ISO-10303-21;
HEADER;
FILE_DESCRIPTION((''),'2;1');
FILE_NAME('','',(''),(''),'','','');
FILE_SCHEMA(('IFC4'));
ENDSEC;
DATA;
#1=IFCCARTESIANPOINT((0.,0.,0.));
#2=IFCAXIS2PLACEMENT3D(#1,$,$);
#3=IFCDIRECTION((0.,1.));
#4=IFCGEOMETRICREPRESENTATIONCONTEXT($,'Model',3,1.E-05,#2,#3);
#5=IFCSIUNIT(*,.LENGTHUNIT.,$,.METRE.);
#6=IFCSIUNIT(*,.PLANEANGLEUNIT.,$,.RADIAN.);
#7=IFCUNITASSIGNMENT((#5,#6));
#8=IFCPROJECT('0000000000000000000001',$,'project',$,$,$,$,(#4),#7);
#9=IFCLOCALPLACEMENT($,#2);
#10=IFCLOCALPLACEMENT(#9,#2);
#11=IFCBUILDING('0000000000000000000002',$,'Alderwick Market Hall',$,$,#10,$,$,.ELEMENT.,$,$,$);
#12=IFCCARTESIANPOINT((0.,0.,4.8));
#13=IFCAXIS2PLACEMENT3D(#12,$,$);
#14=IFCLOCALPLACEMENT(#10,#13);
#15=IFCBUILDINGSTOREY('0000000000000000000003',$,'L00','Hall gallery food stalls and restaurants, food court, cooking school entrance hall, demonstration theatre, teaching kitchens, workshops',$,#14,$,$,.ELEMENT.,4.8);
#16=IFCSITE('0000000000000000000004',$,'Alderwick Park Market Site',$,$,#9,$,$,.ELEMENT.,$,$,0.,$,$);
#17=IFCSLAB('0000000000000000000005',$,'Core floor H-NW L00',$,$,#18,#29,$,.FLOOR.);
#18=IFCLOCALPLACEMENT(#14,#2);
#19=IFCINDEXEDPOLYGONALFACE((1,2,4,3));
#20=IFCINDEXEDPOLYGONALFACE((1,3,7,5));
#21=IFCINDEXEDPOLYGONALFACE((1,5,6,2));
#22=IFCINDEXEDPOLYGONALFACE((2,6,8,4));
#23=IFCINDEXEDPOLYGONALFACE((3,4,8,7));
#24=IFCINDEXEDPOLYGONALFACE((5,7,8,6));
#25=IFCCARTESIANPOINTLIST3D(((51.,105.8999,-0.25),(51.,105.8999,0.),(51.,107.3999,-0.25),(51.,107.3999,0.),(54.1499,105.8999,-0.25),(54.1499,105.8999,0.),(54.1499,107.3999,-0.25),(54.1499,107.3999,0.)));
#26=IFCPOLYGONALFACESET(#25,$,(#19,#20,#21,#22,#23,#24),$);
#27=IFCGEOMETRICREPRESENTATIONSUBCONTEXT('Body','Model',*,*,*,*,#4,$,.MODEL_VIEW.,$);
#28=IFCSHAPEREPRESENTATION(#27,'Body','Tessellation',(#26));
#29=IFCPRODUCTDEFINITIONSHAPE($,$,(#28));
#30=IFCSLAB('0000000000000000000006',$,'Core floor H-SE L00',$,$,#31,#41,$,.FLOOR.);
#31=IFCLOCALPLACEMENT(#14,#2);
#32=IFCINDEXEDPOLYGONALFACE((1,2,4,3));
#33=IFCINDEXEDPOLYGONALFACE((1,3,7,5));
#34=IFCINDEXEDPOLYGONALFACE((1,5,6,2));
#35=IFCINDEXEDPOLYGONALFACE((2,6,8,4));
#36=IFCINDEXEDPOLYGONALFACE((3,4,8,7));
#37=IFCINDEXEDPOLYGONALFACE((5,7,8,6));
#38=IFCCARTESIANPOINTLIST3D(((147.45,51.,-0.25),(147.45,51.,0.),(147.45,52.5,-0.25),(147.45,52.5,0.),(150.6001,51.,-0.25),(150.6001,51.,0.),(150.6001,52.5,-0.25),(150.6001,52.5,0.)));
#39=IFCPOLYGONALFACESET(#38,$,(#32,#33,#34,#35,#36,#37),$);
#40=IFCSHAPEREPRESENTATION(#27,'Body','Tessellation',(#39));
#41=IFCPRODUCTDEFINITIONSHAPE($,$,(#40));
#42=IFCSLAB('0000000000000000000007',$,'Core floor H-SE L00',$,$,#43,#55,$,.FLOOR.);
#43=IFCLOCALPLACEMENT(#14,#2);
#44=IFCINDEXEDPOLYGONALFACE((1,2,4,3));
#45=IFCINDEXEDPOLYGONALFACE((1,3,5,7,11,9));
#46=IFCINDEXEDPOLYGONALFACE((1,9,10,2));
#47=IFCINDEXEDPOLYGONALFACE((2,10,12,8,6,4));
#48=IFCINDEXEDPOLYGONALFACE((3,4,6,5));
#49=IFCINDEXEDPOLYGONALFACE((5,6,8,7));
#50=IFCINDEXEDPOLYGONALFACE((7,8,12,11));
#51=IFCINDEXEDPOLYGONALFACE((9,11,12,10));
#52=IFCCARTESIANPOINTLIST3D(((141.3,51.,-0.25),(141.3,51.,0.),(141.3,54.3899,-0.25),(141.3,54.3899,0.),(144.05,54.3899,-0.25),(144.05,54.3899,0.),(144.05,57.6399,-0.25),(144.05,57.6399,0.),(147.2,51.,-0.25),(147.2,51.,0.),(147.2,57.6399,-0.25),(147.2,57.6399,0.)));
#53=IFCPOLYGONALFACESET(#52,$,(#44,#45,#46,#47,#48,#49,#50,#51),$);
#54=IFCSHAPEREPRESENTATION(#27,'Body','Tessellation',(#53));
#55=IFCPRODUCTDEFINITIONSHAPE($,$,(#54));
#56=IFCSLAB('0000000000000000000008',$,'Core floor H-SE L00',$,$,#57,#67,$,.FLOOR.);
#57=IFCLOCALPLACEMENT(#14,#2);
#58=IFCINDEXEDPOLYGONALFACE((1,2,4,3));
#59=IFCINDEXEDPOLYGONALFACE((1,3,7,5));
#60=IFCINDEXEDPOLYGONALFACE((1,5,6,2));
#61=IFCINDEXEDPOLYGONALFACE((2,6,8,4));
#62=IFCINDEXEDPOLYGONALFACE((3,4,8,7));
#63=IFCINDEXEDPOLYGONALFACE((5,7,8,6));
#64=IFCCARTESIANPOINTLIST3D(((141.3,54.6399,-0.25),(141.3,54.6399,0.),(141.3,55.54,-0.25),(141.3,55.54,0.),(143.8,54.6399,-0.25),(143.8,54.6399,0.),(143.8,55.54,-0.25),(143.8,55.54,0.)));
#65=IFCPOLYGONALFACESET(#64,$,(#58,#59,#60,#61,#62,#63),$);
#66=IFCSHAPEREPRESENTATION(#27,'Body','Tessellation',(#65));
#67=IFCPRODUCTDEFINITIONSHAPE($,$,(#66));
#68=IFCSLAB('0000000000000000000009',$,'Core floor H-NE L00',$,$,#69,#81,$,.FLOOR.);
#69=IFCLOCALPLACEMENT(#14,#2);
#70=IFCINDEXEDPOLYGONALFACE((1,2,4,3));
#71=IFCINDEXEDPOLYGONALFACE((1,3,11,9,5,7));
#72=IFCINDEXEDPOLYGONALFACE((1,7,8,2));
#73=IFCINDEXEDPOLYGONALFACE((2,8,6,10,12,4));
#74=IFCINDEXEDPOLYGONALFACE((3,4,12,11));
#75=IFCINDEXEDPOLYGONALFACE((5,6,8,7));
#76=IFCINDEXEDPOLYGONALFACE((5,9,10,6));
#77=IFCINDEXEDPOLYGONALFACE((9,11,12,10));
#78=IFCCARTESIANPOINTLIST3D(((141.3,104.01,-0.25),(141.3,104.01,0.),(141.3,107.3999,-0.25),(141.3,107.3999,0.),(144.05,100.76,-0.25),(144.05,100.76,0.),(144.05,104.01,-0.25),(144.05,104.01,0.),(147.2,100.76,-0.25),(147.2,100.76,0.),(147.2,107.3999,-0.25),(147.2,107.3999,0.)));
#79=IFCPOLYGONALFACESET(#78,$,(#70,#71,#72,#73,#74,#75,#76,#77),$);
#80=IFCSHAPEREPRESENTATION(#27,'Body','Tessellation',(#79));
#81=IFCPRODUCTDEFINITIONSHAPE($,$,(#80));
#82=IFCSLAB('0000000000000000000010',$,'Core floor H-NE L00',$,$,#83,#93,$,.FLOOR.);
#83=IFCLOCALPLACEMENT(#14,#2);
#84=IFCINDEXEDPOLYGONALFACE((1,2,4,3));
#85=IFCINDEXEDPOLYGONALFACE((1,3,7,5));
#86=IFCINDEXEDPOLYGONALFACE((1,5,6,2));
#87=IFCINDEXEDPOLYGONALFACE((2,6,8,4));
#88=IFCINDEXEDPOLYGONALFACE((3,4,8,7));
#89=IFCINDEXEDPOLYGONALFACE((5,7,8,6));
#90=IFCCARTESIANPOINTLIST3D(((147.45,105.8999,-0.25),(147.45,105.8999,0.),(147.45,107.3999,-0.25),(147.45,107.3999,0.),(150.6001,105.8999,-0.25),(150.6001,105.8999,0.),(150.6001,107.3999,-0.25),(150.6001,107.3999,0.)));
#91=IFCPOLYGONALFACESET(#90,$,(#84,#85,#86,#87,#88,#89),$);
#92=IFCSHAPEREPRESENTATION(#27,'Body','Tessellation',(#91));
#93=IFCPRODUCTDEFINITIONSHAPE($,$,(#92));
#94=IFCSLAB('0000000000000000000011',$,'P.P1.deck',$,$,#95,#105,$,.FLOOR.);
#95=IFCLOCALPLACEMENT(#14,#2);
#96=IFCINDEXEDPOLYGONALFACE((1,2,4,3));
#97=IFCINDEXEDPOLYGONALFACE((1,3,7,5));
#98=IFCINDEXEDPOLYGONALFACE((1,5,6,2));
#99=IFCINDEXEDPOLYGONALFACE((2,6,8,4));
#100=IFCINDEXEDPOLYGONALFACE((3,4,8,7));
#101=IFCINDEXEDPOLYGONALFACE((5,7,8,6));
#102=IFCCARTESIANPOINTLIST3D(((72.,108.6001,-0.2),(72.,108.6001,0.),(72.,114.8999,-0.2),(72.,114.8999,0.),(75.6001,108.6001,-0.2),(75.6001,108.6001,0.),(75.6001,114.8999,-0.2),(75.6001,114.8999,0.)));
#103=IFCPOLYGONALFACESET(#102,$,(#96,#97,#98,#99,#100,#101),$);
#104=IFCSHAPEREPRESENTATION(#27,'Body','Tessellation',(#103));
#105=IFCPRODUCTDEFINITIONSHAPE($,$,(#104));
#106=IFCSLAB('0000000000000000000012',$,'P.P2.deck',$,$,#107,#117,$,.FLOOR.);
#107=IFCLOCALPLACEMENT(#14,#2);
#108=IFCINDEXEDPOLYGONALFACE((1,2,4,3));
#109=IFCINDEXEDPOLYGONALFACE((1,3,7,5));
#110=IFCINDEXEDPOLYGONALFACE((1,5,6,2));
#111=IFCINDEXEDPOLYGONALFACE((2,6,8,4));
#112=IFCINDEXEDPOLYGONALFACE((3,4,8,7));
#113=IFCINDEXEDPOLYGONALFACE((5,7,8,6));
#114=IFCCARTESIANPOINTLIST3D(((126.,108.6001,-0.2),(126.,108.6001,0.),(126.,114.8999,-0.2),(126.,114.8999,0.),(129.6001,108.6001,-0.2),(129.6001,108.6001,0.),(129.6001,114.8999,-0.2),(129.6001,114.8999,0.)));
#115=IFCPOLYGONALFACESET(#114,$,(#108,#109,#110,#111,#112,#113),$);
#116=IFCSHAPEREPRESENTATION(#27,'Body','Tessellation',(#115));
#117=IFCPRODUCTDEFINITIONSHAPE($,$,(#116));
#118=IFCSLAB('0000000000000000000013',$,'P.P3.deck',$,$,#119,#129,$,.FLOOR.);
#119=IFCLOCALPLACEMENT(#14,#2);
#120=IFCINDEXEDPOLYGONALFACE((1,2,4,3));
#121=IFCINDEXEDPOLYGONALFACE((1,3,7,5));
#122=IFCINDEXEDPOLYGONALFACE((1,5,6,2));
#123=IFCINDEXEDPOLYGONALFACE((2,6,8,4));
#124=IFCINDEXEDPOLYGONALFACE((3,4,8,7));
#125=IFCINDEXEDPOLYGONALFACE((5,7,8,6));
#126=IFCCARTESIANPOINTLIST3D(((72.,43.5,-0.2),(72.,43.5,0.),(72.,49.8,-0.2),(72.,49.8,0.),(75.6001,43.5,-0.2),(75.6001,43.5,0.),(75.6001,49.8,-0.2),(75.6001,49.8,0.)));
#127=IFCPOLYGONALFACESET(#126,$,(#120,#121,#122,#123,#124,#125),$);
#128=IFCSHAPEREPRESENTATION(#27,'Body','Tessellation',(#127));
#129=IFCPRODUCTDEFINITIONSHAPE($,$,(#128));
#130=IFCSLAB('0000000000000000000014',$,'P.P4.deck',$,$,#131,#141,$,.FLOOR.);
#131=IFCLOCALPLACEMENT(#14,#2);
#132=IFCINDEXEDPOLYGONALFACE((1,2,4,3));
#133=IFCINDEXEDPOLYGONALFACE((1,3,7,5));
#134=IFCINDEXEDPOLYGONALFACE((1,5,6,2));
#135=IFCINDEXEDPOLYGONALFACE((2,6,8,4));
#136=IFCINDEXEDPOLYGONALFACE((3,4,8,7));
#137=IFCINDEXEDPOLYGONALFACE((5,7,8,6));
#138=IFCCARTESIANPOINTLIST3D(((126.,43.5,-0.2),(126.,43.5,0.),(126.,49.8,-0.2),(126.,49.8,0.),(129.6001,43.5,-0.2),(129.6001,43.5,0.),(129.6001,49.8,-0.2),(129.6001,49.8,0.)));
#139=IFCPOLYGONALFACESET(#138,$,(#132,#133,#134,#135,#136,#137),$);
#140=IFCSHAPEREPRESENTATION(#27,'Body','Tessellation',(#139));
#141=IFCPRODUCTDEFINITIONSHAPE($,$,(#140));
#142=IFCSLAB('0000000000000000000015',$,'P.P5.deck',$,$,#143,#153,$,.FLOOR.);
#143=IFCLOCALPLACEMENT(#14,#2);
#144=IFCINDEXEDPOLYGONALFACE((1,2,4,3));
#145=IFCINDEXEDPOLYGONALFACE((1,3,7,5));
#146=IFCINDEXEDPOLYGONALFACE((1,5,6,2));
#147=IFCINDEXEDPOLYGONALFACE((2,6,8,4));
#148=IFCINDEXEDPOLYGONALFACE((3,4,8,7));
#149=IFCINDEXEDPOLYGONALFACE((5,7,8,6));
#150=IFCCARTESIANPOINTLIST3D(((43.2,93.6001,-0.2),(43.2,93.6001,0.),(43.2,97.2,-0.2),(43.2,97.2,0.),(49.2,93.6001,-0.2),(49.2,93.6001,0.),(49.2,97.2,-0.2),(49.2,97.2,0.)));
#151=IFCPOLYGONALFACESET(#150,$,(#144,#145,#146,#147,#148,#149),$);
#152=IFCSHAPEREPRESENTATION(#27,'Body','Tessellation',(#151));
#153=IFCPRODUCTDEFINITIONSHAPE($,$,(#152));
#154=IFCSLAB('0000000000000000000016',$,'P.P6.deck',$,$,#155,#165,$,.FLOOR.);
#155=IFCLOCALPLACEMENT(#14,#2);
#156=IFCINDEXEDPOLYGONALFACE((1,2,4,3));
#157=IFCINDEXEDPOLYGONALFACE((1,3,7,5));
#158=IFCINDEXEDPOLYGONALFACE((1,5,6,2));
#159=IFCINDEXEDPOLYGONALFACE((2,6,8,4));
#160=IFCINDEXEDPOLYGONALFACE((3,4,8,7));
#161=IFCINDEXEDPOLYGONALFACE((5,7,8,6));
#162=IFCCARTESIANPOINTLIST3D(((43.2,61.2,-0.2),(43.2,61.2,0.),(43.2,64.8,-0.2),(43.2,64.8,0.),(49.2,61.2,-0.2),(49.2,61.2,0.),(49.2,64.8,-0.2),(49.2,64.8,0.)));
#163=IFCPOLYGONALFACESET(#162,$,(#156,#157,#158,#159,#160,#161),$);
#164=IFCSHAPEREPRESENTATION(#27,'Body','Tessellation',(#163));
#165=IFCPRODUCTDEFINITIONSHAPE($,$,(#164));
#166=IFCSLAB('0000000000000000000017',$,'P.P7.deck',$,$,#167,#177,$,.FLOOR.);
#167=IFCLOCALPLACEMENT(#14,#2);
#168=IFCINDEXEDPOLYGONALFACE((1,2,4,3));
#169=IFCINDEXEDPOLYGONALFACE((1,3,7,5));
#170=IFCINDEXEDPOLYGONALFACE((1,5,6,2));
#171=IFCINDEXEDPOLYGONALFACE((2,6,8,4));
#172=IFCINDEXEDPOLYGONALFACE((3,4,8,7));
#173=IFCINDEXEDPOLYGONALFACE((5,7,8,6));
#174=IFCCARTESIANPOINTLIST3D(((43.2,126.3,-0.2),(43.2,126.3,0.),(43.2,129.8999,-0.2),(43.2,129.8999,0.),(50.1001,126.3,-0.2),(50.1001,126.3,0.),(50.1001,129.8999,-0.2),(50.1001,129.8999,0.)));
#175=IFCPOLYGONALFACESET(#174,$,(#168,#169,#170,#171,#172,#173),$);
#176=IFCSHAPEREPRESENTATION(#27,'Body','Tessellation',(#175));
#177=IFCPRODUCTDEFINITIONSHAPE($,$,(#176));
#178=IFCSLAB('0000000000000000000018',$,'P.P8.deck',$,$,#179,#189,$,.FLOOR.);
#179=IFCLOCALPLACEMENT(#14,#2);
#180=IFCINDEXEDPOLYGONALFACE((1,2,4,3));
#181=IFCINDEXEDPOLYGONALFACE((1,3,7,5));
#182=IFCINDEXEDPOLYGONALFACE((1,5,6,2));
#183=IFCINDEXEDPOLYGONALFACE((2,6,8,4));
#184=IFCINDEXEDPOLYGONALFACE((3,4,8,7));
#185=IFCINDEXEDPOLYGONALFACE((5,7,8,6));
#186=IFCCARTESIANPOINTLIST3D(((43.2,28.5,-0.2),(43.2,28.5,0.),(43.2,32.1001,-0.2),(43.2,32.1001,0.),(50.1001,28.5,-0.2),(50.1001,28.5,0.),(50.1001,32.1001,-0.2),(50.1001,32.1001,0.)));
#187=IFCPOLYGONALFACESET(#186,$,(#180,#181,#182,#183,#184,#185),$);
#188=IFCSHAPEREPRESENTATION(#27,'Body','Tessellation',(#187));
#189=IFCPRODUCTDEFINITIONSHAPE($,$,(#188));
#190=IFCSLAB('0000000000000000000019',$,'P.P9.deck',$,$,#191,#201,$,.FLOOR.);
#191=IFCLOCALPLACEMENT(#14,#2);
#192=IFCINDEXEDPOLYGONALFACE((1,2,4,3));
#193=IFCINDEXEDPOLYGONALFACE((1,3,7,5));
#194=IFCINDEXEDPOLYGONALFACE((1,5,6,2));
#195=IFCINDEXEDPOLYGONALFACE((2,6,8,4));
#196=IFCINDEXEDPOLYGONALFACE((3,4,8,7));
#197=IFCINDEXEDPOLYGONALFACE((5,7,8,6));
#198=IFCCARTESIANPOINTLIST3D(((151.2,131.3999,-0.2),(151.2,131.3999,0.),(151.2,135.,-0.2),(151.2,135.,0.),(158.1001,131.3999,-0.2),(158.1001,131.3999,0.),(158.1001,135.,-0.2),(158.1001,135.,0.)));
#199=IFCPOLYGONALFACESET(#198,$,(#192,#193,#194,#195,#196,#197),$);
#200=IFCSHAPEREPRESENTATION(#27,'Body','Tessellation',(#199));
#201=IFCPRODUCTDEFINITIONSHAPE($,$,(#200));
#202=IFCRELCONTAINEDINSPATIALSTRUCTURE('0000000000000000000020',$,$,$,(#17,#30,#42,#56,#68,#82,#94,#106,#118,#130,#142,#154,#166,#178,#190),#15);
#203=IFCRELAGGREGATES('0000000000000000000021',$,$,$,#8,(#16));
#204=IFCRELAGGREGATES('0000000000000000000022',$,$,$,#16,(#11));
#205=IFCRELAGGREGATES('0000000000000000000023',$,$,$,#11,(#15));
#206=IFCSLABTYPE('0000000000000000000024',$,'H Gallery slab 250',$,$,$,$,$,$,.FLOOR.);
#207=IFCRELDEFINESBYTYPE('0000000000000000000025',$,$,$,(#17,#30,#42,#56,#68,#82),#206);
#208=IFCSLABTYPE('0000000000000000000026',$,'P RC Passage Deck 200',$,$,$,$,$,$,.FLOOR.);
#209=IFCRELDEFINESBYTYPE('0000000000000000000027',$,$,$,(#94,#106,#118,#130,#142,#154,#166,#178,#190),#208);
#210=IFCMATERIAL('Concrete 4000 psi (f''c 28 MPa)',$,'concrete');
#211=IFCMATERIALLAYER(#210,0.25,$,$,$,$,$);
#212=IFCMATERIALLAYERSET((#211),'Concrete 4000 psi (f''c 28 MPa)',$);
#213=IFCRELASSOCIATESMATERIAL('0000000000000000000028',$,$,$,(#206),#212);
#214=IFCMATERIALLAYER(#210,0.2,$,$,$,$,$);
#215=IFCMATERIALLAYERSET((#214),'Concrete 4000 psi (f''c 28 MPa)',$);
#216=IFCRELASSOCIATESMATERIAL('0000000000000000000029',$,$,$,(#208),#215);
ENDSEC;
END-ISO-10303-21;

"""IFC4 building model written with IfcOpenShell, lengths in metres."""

from ifc_helpers import new_model, si_unit, direction, frame, origin, place, context, subcontext, project, spatial, polyline, outline, extrude, material, layer, layer_set, type_object, element, save


model = new_model("IFC4")

# Units and contexts
model_context = context("Model", 3, precision=1e-05, world=origin(), true_north=direction((0.0, 1.0)))
body_context = subcontext(model_context, "Body", "Model", "MODEL_VIEW")
ifc_project = project(units=[si_unit("LENGTHUNIT", "METRE"), si_unit("PLANEANGLEUNIT", "RADIAN")], contexts=[model_context])

# Site, building, storey
site_placement = place(None, origin())
site = spatial("IfcSite", under=ifc_project, at=site_placement, Name="Alderwick Park Market Site", CompositionType="ELEMENT", RefElevation=0.0)
building_placement = place(site_placement, origin())
building = spatial("IfcBuilding", under=site, at=building_placement, Name="Alderwick Market Hall", CompositionType="ELEMENT")
storey_placement = place(building_placement, frame((0.0, 0.0, 4.8)))
storey = spatial("IfcBuildingStorey", under=building, at=storey_placement, Name="L00", Description="Hall gallery food stalls and restaurants, food court, cooking school entrance hall, demonstration theatre, teaching kitchens, workshops", CompositionType="ELEMENT", Elevation=4.8)

# Shared definitions
ifc_material_1 = material(Name="Concrete 4000 psi (f'c 28 MPa)", Category="concrete")

# Slabs
ifc_layer_1 = layer(ifc_material_1, 0.25)
ifc_layer_set_1 = layer_set([ifc_layer_1], Name="Concrete 4000 psi (f'c 28 MPa)")
slab_type_1 = type_object("IfcSlabType", Name="H Gallery slab 250", PredefinedType="FLOOR", material=ifc_layer_set_1)
slab_1_placement = place(storey_placement, frame((0.0, 0.0, -0.25)))
element("IfcSlab", 1, at=slab_1_placement, inside=storey, type_object=slab_type_1, Name="Core floor H-NW L00", PredefinedType="FLOOR", context=body_context, shape_type="SweptSolid", body=[
    extrude(outline(polyline([(51.0, 105.8999), (51.0, 107.3999), (54.1499, 107.3999), (54.1499, 105.8999), (51.0, 105.8999)])), origin(), (0.0, 0.0, 1.0), 0.25),
])
slab_2_placement = place(storey_placement, frame((0.0, 0.0, -0.25)))
element("IfcSlab", 2, at=slab_2_placement, inside=storey, type_object=slab_type_1, Name="Core floor H-SE L00", PredefinedType="FLOOR", context=body_context, shape_type="SweptSolid", body=[
    extrude(outline(polyline([(150.6001, 51.0), (147.45, 51.0), (147.45, 52.5), (150.6001, 52.5), (150.6001, 51.0)])), origin(), (0.0, 0.0, 1.0), 0.25),
])
slab_3_placement = place(storey_placement, frame((0.0, 0.0, -0.25)))
element("IfcSlab", 3, at=slab_3_placement, inside=storey, type_object=slab_type_1, Name="Core floor H-SE L00", PredefinedType="FLOOR", context=body_context, shape_type="SweptSolid", body=[
    extrude(outline(polyline([(141.3, 54.3899), (144.05, 54.3899), (144.05, 57.6399), (147.2, 57.6399), (147.2, 51.0), (141.3, 51.0), (141.3, 54.3899)])), origin(), (0.0, 0.0, 1.0), 0.25),
])
slab_4_placement = place(storey_placement, frame((0.0, 0.0, -0.25)))
element("IfcSlab", 4, at=slab_4_placement, inside=storey, type_object=slab_type_1, Name="Core floor H-SE L00", PredefinedType="FLOOR", context=body_context, shape_type="SweptSolid", body=[
    extrude(outline(polyline([(141.3, 55.54), (143.8, 55.54), (143.8, 54.6399), (141.3, 54.6399), (141.3, 55.54)])), origin(), (0.0, 0.0, 1.0), 0.25),
])
slab_5_placement = place(storey_placement, frame((0.0, 0.0, -0.25)))
element("IfcSlab", 5, at=slab_5_placement, inside=storey, type_object=slab_type_1, Name="Core floor H-NE L00", PredefinedType="FLOOR", context=body_context, shape_type="SweptSolid", body=[
    extrude(outline(polyline([(144.05, 104.01), (141.3, 104.01), (141.3, 107.3999), (147.2, 107.3999), (147.2, 100.76), (144.05, 100.76), (144.05, 104.01)])), origin(), (0.0, 0.0, 1.0), 0.25),
])
slab_6_placement = place(storey_placement, frame((0.0, 0.0, -0.25)))
element("IfcSlab", 6, at=slab_6_placement, inside=storey, type_object=slab_type_1, Name="Core floor H-NE L00", PredefinedType="FLOOR", context=body_context, shape_type="SweptSolid", body=[
    extrude(outline(polyline([(150.6001, 105.8999), (147.45, 105.8999), (147.45, 107.3999), (150.6001, 107.3999), (150.6001, 105.8999)])), origin(), (0.0, 0.0, 1.0), 0.25),
])
ifc_layer_2 = layer(ifc_material_1, 0.2)
ifc_layer_set_2 = layer_set([ifc_layer_2], Name="Concrete 4000 psi (f'c 28 MPa)")
slab_type_2 = type_object("IfcSlabType", Name="P RC Passage Deck 200", PredefinedType="FLOOR", material=ifc_layer_set_2)
slab_7_placement = place(storey_placement, frame((0.0, 0.0, -0.2)))
element("IfcSlab", 7, at=slab_7_placement, inside=storey, type_object=slab_type_2, Name="P.P1.deck", PredefinedType="FLOOR", context=body_context, shape_type="SweptSolid", body=[
    extrude(outline(polyline([(72.0, 108.6001), (75.6001, 108.6001), (75.6001, 114.8999), (72.0, 114.8999), (72.0, 108.6001)])), origin(), (0.0, 0.0, 1.0), 0.2),
])
slab_8_placement = place(storey_placement, frame((0.0, 0.0, -0.2)))
element("IfcSlab", 8, at=slab_8_placement, inside=storey, type_object=slab_type_2, Name="P.P2.deck", PredefinedType="FLOOR", context=body_context, shape_type="SweptSolid", body=[
    extrude(outline(polyline([(126.0, 108.6001), (129.6001, 108.6001), (129.6001, 114.8999), (126.0, 114.8999), (126.0, 108.6001)])), origin(), (0.0, 0.0, 1.0), 0.2),
])
slab_9_placement = place(storey_placement, frame((0.0, 0.0, -0.2)))
element("IfcSlab", 9, at=slab_9_placement, inside=storey, type_object=slab_type_2, Name="P.P3.deck", PredefinedType="FLOOR", context=body_context, shape_type="SweptSolid", body=[
    extrude(outline(polyline([(72.0, 43.5), (75.6001, 43.5), (75.6001, 49.8), (72.0, 49.8), (72.0, 43.5)])), origin(), (0.0, 0.0, 1.0), 0.2),
])
slab_10_placement = place(storey_placement, frame((0.0, 0.0, -0.2)))
element("IfcSlab", 10, at=slab_10_placement, inside=storey, type_object=slab_type_2, Name="P.P4.deck", PredefinedType="FLOOR", context=body_context, shape_type="SweptSolid", body=[
    extrude(outline(polyline([(126.0, 43.5), (129.6001, 43.5), (129.6001, 49.8), (126.0, 49.8), (126.0, 43.5)])), origin(), (0.0, 0.0, 1.0), 0.2),
])
slab_11_placement = place(storey_placement, frame((0.0, 0.0, -0.2)))
element("IfcSlab", 11, at=slab_11_placement, inside=storey, type_object=slab_type_2, Name="P.P5.deck", PredefinedType="FLOOR", context=body_context, shape_type="SweptSolid", body=[
    extrude(outline(polyline([(43.2, 93.6001), (49.2, 93.6001), (49.2, 97.2), (43.2, 97.2), (43.2, 93.6001)])), origin(), (0.0, 0.0, 1.0), 0.2),
])
slab_12_placement = place(storey_placement, frame((0.0, 0.0, -0.2)))
element("IfcSlab", 12, at=slab_12_placement, inside=storey, type_object=slab_type_2, Name="P.P6.deck", PredefinedType="FLOOR", context=body_context, shape_type="SweptSolid", body=[
    extrude(outline(polyline([(43.2, 61.2), (49.2, 61.2), (49.2, 64.8), (43.2, 64.8), (43.2, 61.2)])), origin(), (0.0, 0.0, 1.0), 0.2),
])
slab_13_placement = place(storey_placement, frame((0.0, 0.0, -0.2)))
element("IfcSlab", 13, at=slab_13_placement, inside=storey, type_object=slab_type_2, Name="P.P7.deck", PredefinedType="FLOOR", context=body_context, shape_type="SweptSolid", body=[
    extrude(outline(polyline([(43.2, 126.3), (50.1001, 126.3), (50.1001, 129.8999), (43.2, 129.8999), (43.2, 126.3)])), origin(), (0.0, 0.0, 1.0), 0.2),
])
slab_14_placement = place(storey_placement, frame((0.0, 0.0, -0.2)))
element("IfcSlab", 14, at=slab_14_placement, inside=storey, type_object=slab_type_2, Name="P.P8.deck", PredefinedType="FLOOR", context=body_context, shape_type="SweptSolid", body=[
    extrude(outline(polyline([(43.2, 28.5), (50.1001, 28.5), (50.1001, 32.1001), (43.2, 32.1001), (43.2, 28.5)])), origin(), (0.0, 0.0, 1.0), 0.2),
])
slab_15_placement = place(storey_placement, frame((0.0, 0.0, -0.2)))
element("IfcSlab", 15, at=slab_15_placement, inside=storey, type_object=slab_type_2, Name="P.P9.deck", PredefinedType="FLOOR", context=body_context, shape_type="SweptSolid", body=[
    extrude(outline(polyline([(151.2, 131.3999), (158.1001, 131.3999), (158.1001, 135.0), (151.2, 135.0), (151.2, 131.3999)])), origin(), (0.0, 0.0, 1.0), 0.2),
])

save(model, "model.ifc")
